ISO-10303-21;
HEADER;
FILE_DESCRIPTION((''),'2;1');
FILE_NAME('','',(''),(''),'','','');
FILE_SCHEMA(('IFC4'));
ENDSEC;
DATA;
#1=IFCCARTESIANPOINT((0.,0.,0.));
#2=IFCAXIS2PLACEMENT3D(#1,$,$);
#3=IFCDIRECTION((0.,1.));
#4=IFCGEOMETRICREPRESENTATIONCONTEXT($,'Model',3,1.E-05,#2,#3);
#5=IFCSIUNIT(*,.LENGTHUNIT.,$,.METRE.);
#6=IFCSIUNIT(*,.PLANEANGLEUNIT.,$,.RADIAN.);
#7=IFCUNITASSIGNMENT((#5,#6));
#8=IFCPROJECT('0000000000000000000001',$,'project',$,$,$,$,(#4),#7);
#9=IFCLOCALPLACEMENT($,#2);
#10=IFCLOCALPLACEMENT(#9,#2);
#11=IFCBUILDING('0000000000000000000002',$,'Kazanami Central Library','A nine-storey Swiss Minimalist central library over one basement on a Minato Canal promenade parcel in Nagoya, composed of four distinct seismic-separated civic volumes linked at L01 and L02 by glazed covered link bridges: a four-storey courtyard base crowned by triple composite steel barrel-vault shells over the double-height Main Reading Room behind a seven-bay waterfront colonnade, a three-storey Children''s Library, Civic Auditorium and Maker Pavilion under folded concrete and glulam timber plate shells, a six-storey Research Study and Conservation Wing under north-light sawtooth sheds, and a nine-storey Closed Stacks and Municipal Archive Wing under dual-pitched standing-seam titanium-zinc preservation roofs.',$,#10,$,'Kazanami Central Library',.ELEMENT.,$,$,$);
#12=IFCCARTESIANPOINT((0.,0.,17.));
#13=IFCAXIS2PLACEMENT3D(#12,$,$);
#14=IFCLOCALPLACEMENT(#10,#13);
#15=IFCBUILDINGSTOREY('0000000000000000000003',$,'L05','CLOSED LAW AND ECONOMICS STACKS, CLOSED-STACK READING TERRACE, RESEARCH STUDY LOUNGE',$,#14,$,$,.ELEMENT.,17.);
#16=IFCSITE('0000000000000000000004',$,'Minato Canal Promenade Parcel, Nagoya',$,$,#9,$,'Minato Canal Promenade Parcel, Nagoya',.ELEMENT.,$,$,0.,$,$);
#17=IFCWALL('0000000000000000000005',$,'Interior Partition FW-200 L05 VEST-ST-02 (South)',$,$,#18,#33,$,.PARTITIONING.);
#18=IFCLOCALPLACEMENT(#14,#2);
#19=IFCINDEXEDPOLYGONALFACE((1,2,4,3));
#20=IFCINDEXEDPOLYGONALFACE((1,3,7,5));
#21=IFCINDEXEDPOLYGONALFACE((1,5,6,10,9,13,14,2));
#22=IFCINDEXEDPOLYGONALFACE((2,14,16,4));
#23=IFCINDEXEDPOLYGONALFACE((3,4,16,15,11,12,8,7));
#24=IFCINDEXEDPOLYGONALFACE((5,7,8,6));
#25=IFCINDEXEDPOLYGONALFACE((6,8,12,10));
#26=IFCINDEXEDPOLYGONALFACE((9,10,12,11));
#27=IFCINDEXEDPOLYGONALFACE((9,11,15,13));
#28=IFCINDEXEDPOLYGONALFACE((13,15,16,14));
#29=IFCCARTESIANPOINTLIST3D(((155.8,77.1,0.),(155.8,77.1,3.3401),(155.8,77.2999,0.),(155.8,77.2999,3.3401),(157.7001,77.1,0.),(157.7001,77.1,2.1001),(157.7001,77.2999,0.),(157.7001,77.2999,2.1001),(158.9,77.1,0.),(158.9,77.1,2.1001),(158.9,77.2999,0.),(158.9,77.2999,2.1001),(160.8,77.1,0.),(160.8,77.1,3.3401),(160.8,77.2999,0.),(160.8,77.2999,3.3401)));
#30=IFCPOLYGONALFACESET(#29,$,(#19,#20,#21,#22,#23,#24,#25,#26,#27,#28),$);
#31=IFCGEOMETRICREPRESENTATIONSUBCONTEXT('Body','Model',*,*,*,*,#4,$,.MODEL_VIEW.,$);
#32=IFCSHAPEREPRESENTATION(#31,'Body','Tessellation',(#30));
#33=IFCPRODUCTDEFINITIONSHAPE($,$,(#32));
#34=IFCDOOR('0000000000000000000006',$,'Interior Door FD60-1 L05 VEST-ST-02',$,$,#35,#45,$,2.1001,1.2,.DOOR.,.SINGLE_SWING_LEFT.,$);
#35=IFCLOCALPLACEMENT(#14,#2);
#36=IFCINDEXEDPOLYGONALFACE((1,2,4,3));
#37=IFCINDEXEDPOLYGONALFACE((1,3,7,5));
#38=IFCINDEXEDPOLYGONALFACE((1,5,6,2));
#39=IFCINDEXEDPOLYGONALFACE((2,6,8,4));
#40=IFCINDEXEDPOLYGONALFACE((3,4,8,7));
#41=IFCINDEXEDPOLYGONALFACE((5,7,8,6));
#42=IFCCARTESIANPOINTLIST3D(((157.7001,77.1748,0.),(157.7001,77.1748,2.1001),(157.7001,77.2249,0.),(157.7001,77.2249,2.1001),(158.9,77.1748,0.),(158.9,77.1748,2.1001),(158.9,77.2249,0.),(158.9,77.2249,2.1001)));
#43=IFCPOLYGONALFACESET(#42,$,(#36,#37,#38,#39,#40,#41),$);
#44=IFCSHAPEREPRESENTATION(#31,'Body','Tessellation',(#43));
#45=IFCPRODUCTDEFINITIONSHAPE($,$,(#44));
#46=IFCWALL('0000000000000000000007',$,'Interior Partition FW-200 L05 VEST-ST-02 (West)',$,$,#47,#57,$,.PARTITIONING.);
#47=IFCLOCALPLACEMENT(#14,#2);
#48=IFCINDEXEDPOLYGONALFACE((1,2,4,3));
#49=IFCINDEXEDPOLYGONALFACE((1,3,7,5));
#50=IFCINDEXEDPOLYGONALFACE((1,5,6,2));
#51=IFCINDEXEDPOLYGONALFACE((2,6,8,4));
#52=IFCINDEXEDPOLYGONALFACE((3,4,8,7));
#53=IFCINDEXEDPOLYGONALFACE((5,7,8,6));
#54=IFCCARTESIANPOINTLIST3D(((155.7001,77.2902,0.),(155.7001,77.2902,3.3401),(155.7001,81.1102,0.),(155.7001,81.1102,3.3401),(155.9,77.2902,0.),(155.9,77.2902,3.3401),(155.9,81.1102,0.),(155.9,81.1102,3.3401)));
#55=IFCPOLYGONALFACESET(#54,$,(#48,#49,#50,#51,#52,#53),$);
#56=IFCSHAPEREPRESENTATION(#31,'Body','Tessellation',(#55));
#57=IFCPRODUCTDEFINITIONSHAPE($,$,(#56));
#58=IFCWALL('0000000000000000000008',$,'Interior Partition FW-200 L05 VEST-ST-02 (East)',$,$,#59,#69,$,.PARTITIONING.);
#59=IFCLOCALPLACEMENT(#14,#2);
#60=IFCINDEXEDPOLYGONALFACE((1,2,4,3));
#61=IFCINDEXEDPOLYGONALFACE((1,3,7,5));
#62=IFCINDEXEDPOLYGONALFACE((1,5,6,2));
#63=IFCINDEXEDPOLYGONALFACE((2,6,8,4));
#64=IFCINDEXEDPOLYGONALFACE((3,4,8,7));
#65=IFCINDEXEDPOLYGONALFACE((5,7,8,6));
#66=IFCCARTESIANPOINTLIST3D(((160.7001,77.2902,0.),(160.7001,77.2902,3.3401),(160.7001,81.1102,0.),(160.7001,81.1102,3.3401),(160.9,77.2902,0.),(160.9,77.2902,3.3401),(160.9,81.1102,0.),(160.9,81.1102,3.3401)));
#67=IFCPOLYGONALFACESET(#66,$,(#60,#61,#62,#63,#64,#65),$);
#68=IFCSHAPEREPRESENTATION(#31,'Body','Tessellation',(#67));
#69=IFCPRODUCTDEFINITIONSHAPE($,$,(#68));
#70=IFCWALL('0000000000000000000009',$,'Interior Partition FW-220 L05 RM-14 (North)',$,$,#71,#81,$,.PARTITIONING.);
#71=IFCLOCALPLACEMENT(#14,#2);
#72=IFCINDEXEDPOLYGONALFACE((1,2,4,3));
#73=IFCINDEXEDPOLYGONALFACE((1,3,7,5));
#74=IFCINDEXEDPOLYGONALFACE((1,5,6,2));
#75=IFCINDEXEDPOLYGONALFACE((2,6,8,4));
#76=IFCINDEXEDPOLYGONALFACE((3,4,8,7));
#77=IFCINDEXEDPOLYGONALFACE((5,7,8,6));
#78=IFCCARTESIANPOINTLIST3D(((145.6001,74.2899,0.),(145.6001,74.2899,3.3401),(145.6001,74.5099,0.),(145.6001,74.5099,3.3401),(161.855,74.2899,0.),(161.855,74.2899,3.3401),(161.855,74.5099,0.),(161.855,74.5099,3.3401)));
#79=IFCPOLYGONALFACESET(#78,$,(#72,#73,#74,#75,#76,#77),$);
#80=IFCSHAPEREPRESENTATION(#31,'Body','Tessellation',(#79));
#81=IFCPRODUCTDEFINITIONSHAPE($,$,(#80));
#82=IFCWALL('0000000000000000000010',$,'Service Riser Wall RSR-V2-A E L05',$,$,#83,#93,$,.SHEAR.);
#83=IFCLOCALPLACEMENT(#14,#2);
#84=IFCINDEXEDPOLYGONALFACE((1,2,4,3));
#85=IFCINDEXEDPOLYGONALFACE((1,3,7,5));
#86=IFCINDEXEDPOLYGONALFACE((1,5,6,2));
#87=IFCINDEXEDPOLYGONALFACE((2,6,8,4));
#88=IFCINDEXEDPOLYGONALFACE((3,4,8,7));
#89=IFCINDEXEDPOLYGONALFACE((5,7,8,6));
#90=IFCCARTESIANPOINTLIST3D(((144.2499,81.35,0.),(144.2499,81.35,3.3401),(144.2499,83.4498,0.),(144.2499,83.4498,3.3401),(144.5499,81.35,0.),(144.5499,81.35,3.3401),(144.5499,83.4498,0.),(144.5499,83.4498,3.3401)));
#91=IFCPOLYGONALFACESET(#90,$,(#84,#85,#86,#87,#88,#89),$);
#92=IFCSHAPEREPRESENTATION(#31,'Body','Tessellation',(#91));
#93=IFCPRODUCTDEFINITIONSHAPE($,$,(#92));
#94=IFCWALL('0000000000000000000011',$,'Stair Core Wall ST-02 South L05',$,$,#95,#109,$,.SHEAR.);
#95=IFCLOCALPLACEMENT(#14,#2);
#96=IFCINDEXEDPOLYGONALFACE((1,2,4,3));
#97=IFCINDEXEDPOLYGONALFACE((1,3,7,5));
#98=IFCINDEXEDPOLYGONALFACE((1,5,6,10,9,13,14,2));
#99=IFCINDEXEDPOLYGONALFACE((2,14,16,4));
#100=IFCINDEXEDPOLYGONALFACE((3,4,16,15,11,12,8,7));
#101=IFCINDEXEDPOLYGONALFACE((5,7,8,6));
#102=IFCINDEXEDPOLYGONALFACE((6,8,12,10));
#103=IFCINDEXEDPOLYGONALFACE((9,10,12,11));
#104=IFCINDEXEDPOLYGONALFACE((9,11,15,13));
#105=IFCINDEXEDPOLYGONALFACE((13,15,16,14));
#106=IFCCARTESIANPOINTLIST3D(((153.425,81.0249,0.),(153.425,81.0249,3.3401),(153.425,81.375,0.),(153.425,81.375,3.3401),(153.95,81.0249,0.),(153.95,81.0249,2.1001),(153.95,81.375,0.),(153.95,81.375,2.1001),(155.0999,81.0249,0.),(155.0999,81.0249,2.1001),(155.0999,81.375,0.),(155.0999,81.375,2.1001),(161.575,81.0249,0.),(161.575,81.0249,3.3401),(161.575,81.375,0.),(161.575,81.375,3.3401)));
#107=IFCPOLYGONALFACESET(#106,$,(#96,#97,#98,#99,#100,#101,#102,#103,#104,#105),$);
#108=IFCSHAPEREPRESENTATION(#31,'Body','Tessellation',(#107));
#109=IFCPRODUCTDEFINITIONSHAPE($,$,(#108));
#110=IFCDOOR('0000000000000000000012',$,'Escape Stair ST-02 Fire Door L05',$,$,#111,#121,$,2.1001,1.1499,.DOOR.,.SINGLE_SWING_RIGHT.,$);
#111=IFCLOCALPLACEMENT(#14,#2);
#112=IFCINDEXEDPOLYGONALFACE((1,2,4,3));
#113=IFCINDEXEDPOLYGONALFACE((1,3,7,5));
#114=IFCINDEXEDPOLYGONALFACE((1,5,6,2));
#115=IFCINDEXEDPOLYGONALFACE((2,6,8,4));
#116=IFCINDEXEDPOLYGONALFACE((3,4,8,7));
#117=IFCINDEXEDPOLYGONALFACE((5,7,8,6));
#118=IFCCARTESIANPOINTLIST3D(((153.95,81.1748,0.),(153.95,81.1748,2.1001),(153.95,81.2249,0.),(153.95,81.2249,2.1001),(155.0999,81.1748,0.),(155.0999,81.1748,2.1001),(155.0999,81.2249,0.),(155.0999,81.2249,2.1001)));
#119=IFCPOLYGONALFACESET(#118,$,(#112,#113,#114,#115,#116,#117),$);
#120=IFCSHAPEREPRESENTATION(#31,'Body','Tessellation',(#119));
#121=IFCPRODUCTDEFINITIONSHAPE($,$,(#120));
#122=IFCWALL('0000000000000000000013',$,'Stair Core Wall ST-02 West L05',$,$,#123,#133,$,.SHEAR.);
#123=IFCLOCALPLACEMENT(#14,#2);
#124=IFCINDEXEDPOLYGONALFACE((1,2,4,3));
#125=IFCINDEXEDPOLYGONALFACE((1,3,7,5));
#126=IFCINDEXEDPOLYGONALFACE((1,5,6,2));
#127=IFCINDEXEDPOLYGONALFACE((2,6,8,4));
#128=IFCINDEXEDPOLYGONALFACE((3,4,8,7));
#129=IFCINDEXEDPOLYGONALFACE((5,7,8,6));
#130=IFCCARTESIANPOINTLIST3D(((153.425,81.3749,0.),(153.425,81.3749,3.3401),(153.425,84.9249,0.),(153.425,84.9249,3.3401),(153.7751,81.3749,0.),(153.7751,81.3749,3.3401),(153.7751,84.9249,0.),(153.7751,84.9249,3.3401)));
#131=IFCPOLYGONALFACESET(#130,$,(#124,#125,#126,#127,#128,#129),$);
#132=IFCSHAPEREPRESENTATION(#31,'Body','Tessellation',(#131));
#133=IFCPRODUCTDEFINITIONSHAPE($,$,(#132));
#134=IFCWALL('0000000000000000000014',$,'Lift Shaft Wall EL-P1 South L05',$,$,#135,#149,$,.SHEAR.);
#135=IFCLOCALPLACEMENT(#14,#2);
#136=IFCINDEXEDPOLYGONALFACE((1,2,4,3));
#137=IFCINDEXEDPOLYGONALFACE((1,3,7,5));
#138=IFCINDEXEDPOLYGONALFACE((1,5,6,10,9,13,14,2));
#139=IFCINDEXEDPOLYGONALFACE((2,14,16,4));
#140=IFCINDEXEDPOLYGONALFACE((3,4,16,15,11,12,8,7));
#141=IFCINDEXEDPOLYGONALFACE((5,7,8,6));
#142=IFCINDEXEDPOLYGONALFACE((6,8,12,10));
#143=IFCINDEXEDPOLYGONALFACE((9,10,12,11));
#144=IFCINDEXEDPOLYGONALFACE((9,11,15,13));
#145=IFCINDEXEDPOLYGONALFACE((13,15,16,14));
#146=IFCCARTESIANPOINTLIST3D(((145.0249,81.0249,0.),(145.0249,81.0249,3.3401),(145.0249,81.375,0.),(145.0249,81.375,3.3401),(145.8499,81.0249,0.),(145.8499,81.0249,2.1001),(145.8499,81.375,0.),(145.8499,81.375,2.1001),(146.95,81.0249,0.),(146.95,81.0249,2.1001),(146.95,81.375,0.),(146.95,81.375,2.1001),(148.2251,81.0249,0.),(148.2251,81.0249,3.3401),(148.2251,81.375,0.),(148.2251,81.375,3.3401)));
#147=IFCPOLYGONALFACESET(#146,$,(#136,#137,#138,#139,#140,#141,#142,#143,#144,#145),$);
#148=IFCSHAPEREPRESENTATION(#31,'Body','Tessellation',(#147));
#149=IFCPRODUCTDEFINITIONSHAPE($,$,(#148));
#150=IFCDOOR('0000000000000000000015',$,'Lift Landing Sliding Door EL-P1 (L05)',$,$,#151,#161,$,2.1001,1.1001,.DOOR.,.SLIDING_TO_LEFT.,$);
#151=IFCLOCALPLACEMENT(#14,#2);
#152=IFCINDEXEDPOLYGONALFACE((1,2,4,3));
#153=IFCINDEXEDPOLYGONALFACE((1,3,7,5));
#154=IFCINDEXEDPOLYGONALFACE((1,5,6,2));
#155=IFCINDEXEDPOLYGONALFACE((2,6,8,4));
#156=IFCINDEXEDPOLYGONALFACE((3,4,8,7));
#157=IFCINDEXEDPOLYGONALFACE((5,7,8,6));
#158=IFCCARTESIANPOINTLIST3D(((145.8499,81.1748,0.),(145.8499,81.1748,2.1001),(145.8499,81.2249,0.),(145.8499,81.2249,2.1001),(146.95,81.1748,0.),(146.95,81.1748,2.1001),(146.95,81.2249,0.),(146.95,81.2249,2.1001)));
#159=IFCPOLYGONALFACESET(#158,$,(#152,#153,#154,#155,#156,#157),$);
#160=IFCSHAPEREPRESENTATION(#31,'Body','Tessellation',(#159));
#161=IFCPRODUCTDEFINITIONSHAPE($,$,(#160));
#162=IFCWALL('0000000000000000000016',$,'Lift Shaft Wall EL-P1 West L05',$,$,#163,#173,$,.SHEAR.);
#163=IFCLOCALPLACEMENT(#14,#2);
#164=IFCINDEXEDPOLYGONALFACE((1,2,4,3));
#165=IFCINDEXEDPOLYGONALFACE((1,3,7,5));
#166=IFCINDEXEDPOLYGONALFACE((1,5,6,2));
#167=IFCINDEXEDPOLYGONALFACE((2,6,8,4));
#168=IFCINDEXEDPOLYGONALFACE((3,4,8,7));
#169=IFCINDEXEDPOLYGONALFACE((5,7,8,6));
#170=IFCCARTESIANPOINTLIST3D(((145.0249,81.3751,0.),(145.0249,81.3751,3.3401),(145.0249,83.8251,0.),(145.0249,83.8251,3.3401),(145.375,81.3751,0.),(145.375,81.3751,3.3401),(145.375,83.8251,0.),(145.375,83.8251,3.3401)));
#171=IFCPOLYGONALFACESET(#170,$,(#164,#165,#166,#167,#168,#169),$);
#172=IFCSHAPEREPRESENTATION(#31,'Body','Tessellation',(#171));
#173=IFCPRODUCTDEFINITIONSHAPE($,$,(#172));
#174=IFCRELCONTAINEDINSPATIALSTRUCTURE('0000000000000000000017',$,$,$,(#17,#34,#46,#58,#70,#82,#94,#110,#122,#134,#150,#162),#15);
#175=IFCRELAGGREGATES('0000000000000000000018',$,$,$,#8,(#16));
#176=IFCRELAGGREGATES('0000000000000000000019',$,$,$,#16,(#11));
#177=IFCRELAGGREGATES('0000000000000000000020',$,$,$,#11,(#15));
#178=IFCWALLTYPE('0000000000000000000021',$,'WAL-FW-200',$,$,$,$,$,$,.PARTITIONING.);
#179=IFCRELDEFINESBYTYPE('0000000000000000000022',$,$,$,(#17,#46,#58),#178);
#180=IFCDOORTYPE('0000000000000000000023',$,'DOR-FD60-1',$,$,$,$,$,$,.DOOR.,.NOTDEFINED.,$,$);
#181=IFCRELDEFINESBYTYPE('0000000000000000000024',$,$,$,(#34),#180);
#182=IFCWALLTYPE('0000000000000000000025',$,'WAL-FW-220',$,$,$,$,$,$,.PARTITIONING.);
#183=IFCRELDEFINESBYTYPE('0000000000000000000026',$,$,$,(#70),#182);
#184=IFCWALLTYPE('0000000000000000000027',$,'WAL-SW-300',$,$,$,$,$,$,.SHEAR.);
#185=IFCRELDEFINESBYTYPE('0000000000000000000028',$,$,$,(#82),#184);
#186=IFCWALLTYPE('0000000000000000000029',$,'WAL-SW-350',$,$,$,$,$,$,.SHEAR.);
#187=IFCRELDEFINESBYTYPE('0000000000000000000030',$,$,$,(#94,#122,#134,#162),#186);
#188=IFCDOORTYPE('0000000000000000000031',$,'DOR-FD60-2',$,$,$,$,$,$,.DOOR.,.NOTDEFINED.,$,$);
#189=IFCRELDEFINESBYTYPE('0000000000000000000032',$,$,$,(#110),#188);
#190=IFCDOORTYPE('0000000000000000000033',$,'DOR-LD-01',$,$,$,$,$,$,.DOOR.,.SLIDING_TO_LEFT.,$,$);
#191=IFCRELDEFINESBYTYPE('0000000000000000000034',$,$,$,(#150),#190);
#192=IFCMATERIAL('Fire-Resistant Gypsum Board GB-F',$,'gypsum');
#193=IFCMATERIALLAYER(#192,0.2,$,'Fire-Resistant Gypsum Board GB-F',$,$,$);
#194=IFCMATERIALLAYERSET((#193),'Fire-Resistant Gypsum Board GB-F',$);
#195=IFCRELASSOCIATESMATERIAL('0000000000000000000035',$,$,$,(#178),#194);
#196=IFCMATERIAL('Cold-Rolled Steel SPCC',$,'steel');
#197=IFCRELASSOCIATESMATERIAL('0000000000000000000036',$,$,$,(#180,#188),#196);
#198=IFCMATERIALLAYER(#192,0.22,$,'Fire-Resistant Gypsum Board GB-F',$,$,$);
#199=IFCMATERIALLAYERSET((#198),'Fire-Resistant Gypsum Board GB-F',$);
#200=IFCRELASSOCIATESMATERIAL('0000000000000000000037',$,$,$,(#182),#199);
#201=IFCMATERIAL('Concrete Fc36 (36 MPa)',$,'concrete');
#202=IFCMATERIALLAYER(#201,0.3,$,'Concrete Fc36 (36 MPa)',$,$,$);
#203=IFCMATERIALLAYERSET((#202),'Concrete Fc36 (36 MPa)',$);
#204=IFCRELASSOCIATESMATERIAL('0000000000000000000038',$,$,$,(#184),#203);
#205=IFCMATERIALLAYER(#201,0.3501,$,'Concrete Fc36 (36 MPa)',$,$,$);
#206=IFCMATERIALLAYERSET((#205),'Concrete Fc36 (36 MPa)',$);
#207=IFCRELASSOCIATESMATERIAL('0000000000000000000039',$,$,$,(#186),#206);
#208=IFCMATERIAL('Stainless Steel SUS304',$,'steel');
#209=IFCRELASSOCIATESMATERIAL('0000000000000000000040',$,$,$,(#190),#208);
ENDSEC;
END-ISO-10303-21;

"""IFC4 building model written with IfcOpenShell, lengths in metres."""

from ifc_helpers import new_model, si_unit, direction, frame, frame_2d, origin, place, context, subcontext, project, spatial, rectangle, extrude, material, layer, layer_set, type_object, element, fill, save


model = new_model("IFC4")

# Units and contexts
model_context = context("Model", 3, precision=1e-05, world=origin(), true_north=direction((0.0, 1.0)))
body_context = subcontext(model_context, "Body", "Model", "MODEL_VIEW")
ifc_project = project(units=[si_unit("LENGTHUNIT", "METRE"), si_unit("PLANEANGLEUNIT", "RADIAN")], contexts=[model_context])

# Site, building, storey
site_placement = place(None, origin())
site = spatial("IfcSite", under=ifc_project, at=site_placement, Name="Minato Canal Promenade Parcel, Nagoya", LongName="Minato Canal Promenade Parcel, Nagoya", CompositionType="ELEMENT", RefElevation=0.0)
building_placement = place(site_placement, origin())
building = spatial("IfcBuilding", under=site, at=building_placement, Name="Kazanami Central Library", Description="A nine-storey Swiss Minimalist central library over one basement on a Minato Canal promenade parcel in Nagoya, composed of four distinct seismic-separated civic volumes linked at L01 and L02 by glazed covered link bridges: a four-storey courtyard base crowned by triple composite steel barrel-vault shells over the double-height Main Reading Room behind a seven-bay waterfront colonnade, a three-storey Children's Library, Civic Auditorium and Maker Pavilion under folded concrete and glulam timber plate shells, a six-storey Research Study and Conservation Wing under north-light sawtooth sheds, and a nine-storey Closed Stacks and Municipal Archive Wing under dual-pitched standing-seam titanium-zinc preservation roofs.", LongName="Kazanami Central Library", CompositionType="ELEMENT")
storey_placement = place(building_placement, frame((0.0, 0.0, 17.0)))
storey = spatial("IfcBuildingStorey", under=building, at=storey_placement, Name="L05", Description="CLOSED LAW AND ECONOMICS STACKS, CLOSED-STACK READING TERRACE, RESEARCH STUDY LOUNGE", CompositionType="ELEMENT", Elevation=17.0)

# Shared definitions
ifc_material_1 = material(Name="Concrete Fc36 (36 MPa)", Category="concrete")
ifc_material_2 = material(Name="Fire-Resistant Gypsum Board GB-F", Category="gypsum")

# Wall, opening, door
ifc_layer_1 = layer(ifc_material_2, 0.2, Name="Fire-Resistant Gypsum Board GB-F")
ifc_layer_set_1 = layer_set([ifc_layer_1], Name="Fire-Resistant Gypsum Board GB-F")
wall_type_1 = type_object("IfcWallType", Name="WAL-FW-200", PredefinedType="PARTITIONING", material=ifc_layer_set_1)
wall_1_placement = place(storey_placement, frame((155.8, 77.2, 0.0), z_axis=(0.0, 0.0, 1.0), x_axis=(1.0, 0.0, 0.0)))
wall_1 = element("IfcWall", 1, at=wall_1_placement, inside=storey, type_object=wall_type_1, Name="Interior Partition FW-200 L05 VEST-ST-02 (South)", PredefinedType="PARTITIONING", context=body_context, shape_type="SweptSolid", body=[
    extrude(rectangle(XDim=5.0, YDim=0.2, at=frame_2d((2.5, 0.0))), origin(), (0.0, 0.0, 1.0), 3.3401),
])
opening_1_placement = place(wall_1_placement, frame((1.8999, 0.0, 0.0)))
opening_1 = element("IfcOpeningElement", 2, at=opening_1_placement, cuts=wall_1, PredefinedType="OPENING", context=body_context, shape_type="SweptSolid", body=[
    extrude(rectangle(XDim=1.2, YDim=2.1001, at=frame_2d((0.6001, 1.05))), frame((0.0, 0.1118, 0.0), z_axis=(0.0, -1.0, 0.0), x_axis=(1.0, 0.0, 0.0)), (0.0, 0.0, 1.0), 0.2239),
])
ifc_material_3 = material(Name="Cold-Rolled Steel SPCC", Category="steel")
door_type_1 = type_object("IfcDoorType", Name="DOR-FD60-1", OperationType="NOTDEFINED", PredefinedType="DOOR", material=ifc_material_3)
door_1_placement = place(opening_1_placement, origin())
door_1 = element("IfcDoor", 3, at=door_1_placement, inside=storey, type_object=door_type_1, Name="Interior Door FD60-1 L05 VEST-ST-02", OperationType="SINGLE_SWING_LEFT", OverallHeight=2.1001, OverallWidth=1.2, PredefinedType="DOOR", context=body_context, shape_type="SweptSolid", body=[
    extrude(rectangle(XDim=1.2, YDim=2.1001, at=frame_2d((0.6001, 1.05))), frame((0.0, 0.0249, 0.0), z_axis=(0.0, -1.0, 0.0), x_axis=(1.0, 0.0, 0.0)), (0.0, 0.0, 1.0), 0.05),
])
fill(opening_1, door_1)

# Walls
for number, where, z_axis, x_axis, name in (
    (4, (155.8, 77.29, 0.0), (0.0, 0.0, 1.0), (0.0, 1.0, 0.0), "Interior Partition FW-200 L05 VEST-ST-02 (West)"),
    (5, (160.8, 77.29, 0.0), (0.0, 0.0, 1.0), (0.0, 1.0, 0.0), "Interior Partition FW-200 L05 VEST-ST-02 (East)"),
):
    element("IfcWall", number, at=place(storey_placement, frame(where, z_axis=z_axis, x_axis=x_axis)), inside=storey, type_object=wall_type_1, Name=name, PredefinedType="PARTITIONING", context=body_context, shape_type="SweptSolid", body=[
        extrude(rectangle(XDim=3.8201, YDim=0.2, at=frame_2d((1.9102, 0.0))), origin(), (0.0, 0.0, 1.0), 3.3401),
    ])
ifc_layer_2 = layer(ifc_material_2, 0.22, Name="Fire-Resistant Gypsum Board GB-F")
ifc_layer_set_2 = layer_set([ifc_layer_2], Name="Fire-Resistant Gypsum Board GB-F")
wall_type_2 = type_object("IfcWallType", Name="WAL-FW-220", PredefinedType="PARTITIONING", material=ifc_layer_set_2)
wall_2_placement = place(storey_placement, frame((145.6001, 74.3999, 0.0), z_axis=(0.0, 0.0, 1.0), x_axis=(1.0, 0.0, 0.0)))
element("IfcWall", 6, at=wall_2_placement, inside=storey, type_object=wall_type_2, Name="Interior Partition FW-220 L05 RM-14 (North)", PredefinedType="PARTITIONING", context=body_context, shape_type="SweptSolid", body=[
    extrude(rectangle(XDim=16.2549, YDim=0.22, at=frame_2d((8.1274, 0.0))), origin(), (0.0, 0.0, 1.0), 3.3401),
])
ifc_layer_3 = layer(ifc_material_1, 0.3, Name="Concrete Fc36 (36 MPa)")
ifc_layer_set_3 = layer_set([ifc_layer_3], Name="Concrete Fc36 (36 MPa)")
wall_type_3 = type_object("IfcWallType", Name="WAL-SW-300", PredefinedType="SHEAR", material=ifc_layer_set_3)
wall_3_placement = place(storey_placement, frame((144.3999, 81.3501, 0.0), z_axis=(0.0, 0.0, 1.0), x_axis=(0.0, 1.0, 0.0)))
element("IfcWall", 7, at=wall_3_placement, inside=storey, type_object=wall_type_3, Name="Service Riser Wall RSR-V2-A E L05", PredefinedType="SHEAR", context=body_context, shape_type="SweptSolid", body=[
    extrude(rectangle(XDim=2.0999, YDim=0.3, at=frame_2d((1.0498, 0.0))), origin(), (0.0, 0.0, 1.0), 3.3401),
])

# Wall, opening, door
ifc_layer_4 = layer(ifc_material_1, 0.3501, Name="Concrete Fc36 (36 MPa)")
ifc_layer_set_4 = layer_set([ifc_layer_4], Name="Concrete Fc36 (36 MPa)")
wall_type_4 = type_object("IfcWallType", Name="WAL-SW-350", PredefinedType="SHEAR", material=ifc_layer_set_4)
wall_4_placement = place(storey_placement, frame((153.425, 81.2, 0.0), z_axis=(0.0, 0.0, 1.0), x_axis=(1.0, 0.0, 0.0)))
wall_4 = element("IfcWall", 8, at=wall_4_placement, inside=storey, type_object=wall_type_4, Name="Stair Core Wall ST-02 South L05", PredefinedType="SHEAR", context=body_context, shape_type="SweptSolid", body=[
    extrude(rectangle(XDim=8.1499, YDim=0.3501, at=frame_2d((4.075, 0.0))), origin(), (0.0, 0.0, 1.0), 3.3401),
])
opening_2_placement = place(wall_4_placement, frame((0.5249, 0.0, 0.0)))
opening_2 = element("IfcOpeningElement", 9, at=opening_2_placement, cuts=wall_4, PredefinedType="OPENING", context=body_context, shape_type="SweptSolid", body=[
    extrude(rectangle(XDim=1.1499, YDim=2.1001, at=frame_2d((0.575, 1.05))), frame((0.0, 0.187, 0.0), z_axis=(0.0, -1.0, 0.0), x_axis=(1.0, 0.0, 0.0)), (0.0, 0.0, 1.0), 0.374),
])
door_type_2 = type_object("IfcDoorType", Name="DOR-FD60-2", OperationType="NOTDEFINED", PredefinedType="DOOR", material=ifc_material_3)
door_2_placement = place(opening_2_placement, origin())
door_2 = element("IfcDoor", 10, at=door_2_placement, inside=storey, type_object=door_type_2, Name="Escape Stair ST-02 Fire Door L05", OperationType="SINGLE_SWING_RIGHT", OverallHeight=2.1001, OverallWidth=1.1499, PredefinedType="DOOR", context=body_context, shape_type="SweptSolid", body=[
    extrude(rectangle(XDim=1.1499, YDim=2.1001, at=frame_2d((0.575, 1.05))), frame((0.0, 0.0249, 0.0), z_axis=(0.0, -1.0, 0.0), x_axis=(1.0, 0.0, 0.0)), (0.0, 0.0, 1.0), 0.05),
])
fill(opening_2, door_2)

# Wall
wall_5_placement = place(storey_placement, frame((153.6001, 81.375, 0.0), z_axis=(0.0, 0.0, 1.0), x_axis=(0.0, 1.0, 0.0)))
element("IfcWall", 11, at=wall_5_placement, inside=storey, type_object=wall_type_4, Name="Stair Core Wall ST-02 West L05", PredefinedType="SHEAR", context=body_context, shape_type="SweptSolid", body=[
    extrude(rectangle(XDim=3.55, YDim=0.3501, at=frame_2d((1.7749, 0.0))), origin(), (0.0, 0.0, 1.0), 3.3401),
])

# Wall, opening, door
wall_6_placement = place(storey_placement, frame((145.0249, 81.2, 0.0), z_axis=(0.0, 0.0, 1.0), x_axis=(1.0, 0.0, 0.0)))
wall_6 = element("IfcWall", 12, at=wall_6_placement, inside=storey, type_object=wall_type_4, Name="Lift Shaft Wall EL-P1 South L05", PredefinedType="SHEAR", context=body_context, shape_type="SweptSolid", body=[
    extrude(rectangle(XDim=3.2002, YDim=0.3501, at=frame_2d((1.6001, 0.0))), origin(), (0.0, 0.0, 1.0), 3.3401),
])
opening_3_placement = place(wall_6_placement, frame((0.825, 0.0, 0.0)))
opening_3 = element("IfcOpeningElement", 13, at=opening_3_placement, cuts=wall_6, PredefinedType="OPENING", context=body_context, shape_type="SweptSolid", body=[
    extrude(rectangle(XDim=1.1001, YDim=2.1001, at=frame_2d((0.55, 1.05))), frame((0.0, 0.187, 0.0), z_axis=(0.0, -1.0, 0.0), x_axis=(1.0, 0.0, 0.0)), (0.0, 0.0, 1.0), 0.374),
])
ifc_material_4 = material(Name="Stainless Steel SUS304", Category="steel")
door_type_3 = type_object("IfcDoorType", Name="DOR-LD-01", OperationType="SLIDING_TO_LEFT", PredefinedType="DOOR", material=ifc_material_4)
door_3_placement = place(opening_3_placement, origin())
door_3 = element("IfcDoor", 14, at=door_3_placement, inside=storey, type_object=door_type_3, Name="Lift Landing Sliding Door EL-P1 (L05)", OperationType="SLIDING_TO_LEFT", OverallHeight=2.1001, OverallWidth=1.1001, PredefinedType="DOOR", context=body_context, shape_type="SweptSolid", body=[
    extrude(rectangle(XDim=1.1001, YDim=2.1001, at=frame_2d((0.55, 1.05))), frame((0.0, 0.0249, 0.0), z_axis=(0.0, -1.0, 0.0), x_axis=(1.0, 0.0, 0.0)), (0.0, 0.0, 1.0), 0.05),
])
fill(opening_3, door_3)

# Wall
for number, where, z_axis, x_axis, name in (
    (15, (145.2, 81.375, 0.0), (0.0, 0.0, 1.0), (0.0, 1.0, 0.0), "Lift Shaft Wall EL-P1 West L05"),
):
    element("IfcWall", number, at=place(storey_placement, frame(where, z_axis=z_axis, x_axis=x_axis)), inside=storey, type_object=wall_type_4, Name=name, PredefinedType="SHEAR", context=body_context, shape_type="SweptSolid", body=[
        extrude(rectangle(XDim=2.45, YDim=0.3501, at=frame_2d((1.2251, 0.0))), origin(), (0.0, 0.0, 1.0), 3.3401),
    ])

save(model, "model.ifc")
